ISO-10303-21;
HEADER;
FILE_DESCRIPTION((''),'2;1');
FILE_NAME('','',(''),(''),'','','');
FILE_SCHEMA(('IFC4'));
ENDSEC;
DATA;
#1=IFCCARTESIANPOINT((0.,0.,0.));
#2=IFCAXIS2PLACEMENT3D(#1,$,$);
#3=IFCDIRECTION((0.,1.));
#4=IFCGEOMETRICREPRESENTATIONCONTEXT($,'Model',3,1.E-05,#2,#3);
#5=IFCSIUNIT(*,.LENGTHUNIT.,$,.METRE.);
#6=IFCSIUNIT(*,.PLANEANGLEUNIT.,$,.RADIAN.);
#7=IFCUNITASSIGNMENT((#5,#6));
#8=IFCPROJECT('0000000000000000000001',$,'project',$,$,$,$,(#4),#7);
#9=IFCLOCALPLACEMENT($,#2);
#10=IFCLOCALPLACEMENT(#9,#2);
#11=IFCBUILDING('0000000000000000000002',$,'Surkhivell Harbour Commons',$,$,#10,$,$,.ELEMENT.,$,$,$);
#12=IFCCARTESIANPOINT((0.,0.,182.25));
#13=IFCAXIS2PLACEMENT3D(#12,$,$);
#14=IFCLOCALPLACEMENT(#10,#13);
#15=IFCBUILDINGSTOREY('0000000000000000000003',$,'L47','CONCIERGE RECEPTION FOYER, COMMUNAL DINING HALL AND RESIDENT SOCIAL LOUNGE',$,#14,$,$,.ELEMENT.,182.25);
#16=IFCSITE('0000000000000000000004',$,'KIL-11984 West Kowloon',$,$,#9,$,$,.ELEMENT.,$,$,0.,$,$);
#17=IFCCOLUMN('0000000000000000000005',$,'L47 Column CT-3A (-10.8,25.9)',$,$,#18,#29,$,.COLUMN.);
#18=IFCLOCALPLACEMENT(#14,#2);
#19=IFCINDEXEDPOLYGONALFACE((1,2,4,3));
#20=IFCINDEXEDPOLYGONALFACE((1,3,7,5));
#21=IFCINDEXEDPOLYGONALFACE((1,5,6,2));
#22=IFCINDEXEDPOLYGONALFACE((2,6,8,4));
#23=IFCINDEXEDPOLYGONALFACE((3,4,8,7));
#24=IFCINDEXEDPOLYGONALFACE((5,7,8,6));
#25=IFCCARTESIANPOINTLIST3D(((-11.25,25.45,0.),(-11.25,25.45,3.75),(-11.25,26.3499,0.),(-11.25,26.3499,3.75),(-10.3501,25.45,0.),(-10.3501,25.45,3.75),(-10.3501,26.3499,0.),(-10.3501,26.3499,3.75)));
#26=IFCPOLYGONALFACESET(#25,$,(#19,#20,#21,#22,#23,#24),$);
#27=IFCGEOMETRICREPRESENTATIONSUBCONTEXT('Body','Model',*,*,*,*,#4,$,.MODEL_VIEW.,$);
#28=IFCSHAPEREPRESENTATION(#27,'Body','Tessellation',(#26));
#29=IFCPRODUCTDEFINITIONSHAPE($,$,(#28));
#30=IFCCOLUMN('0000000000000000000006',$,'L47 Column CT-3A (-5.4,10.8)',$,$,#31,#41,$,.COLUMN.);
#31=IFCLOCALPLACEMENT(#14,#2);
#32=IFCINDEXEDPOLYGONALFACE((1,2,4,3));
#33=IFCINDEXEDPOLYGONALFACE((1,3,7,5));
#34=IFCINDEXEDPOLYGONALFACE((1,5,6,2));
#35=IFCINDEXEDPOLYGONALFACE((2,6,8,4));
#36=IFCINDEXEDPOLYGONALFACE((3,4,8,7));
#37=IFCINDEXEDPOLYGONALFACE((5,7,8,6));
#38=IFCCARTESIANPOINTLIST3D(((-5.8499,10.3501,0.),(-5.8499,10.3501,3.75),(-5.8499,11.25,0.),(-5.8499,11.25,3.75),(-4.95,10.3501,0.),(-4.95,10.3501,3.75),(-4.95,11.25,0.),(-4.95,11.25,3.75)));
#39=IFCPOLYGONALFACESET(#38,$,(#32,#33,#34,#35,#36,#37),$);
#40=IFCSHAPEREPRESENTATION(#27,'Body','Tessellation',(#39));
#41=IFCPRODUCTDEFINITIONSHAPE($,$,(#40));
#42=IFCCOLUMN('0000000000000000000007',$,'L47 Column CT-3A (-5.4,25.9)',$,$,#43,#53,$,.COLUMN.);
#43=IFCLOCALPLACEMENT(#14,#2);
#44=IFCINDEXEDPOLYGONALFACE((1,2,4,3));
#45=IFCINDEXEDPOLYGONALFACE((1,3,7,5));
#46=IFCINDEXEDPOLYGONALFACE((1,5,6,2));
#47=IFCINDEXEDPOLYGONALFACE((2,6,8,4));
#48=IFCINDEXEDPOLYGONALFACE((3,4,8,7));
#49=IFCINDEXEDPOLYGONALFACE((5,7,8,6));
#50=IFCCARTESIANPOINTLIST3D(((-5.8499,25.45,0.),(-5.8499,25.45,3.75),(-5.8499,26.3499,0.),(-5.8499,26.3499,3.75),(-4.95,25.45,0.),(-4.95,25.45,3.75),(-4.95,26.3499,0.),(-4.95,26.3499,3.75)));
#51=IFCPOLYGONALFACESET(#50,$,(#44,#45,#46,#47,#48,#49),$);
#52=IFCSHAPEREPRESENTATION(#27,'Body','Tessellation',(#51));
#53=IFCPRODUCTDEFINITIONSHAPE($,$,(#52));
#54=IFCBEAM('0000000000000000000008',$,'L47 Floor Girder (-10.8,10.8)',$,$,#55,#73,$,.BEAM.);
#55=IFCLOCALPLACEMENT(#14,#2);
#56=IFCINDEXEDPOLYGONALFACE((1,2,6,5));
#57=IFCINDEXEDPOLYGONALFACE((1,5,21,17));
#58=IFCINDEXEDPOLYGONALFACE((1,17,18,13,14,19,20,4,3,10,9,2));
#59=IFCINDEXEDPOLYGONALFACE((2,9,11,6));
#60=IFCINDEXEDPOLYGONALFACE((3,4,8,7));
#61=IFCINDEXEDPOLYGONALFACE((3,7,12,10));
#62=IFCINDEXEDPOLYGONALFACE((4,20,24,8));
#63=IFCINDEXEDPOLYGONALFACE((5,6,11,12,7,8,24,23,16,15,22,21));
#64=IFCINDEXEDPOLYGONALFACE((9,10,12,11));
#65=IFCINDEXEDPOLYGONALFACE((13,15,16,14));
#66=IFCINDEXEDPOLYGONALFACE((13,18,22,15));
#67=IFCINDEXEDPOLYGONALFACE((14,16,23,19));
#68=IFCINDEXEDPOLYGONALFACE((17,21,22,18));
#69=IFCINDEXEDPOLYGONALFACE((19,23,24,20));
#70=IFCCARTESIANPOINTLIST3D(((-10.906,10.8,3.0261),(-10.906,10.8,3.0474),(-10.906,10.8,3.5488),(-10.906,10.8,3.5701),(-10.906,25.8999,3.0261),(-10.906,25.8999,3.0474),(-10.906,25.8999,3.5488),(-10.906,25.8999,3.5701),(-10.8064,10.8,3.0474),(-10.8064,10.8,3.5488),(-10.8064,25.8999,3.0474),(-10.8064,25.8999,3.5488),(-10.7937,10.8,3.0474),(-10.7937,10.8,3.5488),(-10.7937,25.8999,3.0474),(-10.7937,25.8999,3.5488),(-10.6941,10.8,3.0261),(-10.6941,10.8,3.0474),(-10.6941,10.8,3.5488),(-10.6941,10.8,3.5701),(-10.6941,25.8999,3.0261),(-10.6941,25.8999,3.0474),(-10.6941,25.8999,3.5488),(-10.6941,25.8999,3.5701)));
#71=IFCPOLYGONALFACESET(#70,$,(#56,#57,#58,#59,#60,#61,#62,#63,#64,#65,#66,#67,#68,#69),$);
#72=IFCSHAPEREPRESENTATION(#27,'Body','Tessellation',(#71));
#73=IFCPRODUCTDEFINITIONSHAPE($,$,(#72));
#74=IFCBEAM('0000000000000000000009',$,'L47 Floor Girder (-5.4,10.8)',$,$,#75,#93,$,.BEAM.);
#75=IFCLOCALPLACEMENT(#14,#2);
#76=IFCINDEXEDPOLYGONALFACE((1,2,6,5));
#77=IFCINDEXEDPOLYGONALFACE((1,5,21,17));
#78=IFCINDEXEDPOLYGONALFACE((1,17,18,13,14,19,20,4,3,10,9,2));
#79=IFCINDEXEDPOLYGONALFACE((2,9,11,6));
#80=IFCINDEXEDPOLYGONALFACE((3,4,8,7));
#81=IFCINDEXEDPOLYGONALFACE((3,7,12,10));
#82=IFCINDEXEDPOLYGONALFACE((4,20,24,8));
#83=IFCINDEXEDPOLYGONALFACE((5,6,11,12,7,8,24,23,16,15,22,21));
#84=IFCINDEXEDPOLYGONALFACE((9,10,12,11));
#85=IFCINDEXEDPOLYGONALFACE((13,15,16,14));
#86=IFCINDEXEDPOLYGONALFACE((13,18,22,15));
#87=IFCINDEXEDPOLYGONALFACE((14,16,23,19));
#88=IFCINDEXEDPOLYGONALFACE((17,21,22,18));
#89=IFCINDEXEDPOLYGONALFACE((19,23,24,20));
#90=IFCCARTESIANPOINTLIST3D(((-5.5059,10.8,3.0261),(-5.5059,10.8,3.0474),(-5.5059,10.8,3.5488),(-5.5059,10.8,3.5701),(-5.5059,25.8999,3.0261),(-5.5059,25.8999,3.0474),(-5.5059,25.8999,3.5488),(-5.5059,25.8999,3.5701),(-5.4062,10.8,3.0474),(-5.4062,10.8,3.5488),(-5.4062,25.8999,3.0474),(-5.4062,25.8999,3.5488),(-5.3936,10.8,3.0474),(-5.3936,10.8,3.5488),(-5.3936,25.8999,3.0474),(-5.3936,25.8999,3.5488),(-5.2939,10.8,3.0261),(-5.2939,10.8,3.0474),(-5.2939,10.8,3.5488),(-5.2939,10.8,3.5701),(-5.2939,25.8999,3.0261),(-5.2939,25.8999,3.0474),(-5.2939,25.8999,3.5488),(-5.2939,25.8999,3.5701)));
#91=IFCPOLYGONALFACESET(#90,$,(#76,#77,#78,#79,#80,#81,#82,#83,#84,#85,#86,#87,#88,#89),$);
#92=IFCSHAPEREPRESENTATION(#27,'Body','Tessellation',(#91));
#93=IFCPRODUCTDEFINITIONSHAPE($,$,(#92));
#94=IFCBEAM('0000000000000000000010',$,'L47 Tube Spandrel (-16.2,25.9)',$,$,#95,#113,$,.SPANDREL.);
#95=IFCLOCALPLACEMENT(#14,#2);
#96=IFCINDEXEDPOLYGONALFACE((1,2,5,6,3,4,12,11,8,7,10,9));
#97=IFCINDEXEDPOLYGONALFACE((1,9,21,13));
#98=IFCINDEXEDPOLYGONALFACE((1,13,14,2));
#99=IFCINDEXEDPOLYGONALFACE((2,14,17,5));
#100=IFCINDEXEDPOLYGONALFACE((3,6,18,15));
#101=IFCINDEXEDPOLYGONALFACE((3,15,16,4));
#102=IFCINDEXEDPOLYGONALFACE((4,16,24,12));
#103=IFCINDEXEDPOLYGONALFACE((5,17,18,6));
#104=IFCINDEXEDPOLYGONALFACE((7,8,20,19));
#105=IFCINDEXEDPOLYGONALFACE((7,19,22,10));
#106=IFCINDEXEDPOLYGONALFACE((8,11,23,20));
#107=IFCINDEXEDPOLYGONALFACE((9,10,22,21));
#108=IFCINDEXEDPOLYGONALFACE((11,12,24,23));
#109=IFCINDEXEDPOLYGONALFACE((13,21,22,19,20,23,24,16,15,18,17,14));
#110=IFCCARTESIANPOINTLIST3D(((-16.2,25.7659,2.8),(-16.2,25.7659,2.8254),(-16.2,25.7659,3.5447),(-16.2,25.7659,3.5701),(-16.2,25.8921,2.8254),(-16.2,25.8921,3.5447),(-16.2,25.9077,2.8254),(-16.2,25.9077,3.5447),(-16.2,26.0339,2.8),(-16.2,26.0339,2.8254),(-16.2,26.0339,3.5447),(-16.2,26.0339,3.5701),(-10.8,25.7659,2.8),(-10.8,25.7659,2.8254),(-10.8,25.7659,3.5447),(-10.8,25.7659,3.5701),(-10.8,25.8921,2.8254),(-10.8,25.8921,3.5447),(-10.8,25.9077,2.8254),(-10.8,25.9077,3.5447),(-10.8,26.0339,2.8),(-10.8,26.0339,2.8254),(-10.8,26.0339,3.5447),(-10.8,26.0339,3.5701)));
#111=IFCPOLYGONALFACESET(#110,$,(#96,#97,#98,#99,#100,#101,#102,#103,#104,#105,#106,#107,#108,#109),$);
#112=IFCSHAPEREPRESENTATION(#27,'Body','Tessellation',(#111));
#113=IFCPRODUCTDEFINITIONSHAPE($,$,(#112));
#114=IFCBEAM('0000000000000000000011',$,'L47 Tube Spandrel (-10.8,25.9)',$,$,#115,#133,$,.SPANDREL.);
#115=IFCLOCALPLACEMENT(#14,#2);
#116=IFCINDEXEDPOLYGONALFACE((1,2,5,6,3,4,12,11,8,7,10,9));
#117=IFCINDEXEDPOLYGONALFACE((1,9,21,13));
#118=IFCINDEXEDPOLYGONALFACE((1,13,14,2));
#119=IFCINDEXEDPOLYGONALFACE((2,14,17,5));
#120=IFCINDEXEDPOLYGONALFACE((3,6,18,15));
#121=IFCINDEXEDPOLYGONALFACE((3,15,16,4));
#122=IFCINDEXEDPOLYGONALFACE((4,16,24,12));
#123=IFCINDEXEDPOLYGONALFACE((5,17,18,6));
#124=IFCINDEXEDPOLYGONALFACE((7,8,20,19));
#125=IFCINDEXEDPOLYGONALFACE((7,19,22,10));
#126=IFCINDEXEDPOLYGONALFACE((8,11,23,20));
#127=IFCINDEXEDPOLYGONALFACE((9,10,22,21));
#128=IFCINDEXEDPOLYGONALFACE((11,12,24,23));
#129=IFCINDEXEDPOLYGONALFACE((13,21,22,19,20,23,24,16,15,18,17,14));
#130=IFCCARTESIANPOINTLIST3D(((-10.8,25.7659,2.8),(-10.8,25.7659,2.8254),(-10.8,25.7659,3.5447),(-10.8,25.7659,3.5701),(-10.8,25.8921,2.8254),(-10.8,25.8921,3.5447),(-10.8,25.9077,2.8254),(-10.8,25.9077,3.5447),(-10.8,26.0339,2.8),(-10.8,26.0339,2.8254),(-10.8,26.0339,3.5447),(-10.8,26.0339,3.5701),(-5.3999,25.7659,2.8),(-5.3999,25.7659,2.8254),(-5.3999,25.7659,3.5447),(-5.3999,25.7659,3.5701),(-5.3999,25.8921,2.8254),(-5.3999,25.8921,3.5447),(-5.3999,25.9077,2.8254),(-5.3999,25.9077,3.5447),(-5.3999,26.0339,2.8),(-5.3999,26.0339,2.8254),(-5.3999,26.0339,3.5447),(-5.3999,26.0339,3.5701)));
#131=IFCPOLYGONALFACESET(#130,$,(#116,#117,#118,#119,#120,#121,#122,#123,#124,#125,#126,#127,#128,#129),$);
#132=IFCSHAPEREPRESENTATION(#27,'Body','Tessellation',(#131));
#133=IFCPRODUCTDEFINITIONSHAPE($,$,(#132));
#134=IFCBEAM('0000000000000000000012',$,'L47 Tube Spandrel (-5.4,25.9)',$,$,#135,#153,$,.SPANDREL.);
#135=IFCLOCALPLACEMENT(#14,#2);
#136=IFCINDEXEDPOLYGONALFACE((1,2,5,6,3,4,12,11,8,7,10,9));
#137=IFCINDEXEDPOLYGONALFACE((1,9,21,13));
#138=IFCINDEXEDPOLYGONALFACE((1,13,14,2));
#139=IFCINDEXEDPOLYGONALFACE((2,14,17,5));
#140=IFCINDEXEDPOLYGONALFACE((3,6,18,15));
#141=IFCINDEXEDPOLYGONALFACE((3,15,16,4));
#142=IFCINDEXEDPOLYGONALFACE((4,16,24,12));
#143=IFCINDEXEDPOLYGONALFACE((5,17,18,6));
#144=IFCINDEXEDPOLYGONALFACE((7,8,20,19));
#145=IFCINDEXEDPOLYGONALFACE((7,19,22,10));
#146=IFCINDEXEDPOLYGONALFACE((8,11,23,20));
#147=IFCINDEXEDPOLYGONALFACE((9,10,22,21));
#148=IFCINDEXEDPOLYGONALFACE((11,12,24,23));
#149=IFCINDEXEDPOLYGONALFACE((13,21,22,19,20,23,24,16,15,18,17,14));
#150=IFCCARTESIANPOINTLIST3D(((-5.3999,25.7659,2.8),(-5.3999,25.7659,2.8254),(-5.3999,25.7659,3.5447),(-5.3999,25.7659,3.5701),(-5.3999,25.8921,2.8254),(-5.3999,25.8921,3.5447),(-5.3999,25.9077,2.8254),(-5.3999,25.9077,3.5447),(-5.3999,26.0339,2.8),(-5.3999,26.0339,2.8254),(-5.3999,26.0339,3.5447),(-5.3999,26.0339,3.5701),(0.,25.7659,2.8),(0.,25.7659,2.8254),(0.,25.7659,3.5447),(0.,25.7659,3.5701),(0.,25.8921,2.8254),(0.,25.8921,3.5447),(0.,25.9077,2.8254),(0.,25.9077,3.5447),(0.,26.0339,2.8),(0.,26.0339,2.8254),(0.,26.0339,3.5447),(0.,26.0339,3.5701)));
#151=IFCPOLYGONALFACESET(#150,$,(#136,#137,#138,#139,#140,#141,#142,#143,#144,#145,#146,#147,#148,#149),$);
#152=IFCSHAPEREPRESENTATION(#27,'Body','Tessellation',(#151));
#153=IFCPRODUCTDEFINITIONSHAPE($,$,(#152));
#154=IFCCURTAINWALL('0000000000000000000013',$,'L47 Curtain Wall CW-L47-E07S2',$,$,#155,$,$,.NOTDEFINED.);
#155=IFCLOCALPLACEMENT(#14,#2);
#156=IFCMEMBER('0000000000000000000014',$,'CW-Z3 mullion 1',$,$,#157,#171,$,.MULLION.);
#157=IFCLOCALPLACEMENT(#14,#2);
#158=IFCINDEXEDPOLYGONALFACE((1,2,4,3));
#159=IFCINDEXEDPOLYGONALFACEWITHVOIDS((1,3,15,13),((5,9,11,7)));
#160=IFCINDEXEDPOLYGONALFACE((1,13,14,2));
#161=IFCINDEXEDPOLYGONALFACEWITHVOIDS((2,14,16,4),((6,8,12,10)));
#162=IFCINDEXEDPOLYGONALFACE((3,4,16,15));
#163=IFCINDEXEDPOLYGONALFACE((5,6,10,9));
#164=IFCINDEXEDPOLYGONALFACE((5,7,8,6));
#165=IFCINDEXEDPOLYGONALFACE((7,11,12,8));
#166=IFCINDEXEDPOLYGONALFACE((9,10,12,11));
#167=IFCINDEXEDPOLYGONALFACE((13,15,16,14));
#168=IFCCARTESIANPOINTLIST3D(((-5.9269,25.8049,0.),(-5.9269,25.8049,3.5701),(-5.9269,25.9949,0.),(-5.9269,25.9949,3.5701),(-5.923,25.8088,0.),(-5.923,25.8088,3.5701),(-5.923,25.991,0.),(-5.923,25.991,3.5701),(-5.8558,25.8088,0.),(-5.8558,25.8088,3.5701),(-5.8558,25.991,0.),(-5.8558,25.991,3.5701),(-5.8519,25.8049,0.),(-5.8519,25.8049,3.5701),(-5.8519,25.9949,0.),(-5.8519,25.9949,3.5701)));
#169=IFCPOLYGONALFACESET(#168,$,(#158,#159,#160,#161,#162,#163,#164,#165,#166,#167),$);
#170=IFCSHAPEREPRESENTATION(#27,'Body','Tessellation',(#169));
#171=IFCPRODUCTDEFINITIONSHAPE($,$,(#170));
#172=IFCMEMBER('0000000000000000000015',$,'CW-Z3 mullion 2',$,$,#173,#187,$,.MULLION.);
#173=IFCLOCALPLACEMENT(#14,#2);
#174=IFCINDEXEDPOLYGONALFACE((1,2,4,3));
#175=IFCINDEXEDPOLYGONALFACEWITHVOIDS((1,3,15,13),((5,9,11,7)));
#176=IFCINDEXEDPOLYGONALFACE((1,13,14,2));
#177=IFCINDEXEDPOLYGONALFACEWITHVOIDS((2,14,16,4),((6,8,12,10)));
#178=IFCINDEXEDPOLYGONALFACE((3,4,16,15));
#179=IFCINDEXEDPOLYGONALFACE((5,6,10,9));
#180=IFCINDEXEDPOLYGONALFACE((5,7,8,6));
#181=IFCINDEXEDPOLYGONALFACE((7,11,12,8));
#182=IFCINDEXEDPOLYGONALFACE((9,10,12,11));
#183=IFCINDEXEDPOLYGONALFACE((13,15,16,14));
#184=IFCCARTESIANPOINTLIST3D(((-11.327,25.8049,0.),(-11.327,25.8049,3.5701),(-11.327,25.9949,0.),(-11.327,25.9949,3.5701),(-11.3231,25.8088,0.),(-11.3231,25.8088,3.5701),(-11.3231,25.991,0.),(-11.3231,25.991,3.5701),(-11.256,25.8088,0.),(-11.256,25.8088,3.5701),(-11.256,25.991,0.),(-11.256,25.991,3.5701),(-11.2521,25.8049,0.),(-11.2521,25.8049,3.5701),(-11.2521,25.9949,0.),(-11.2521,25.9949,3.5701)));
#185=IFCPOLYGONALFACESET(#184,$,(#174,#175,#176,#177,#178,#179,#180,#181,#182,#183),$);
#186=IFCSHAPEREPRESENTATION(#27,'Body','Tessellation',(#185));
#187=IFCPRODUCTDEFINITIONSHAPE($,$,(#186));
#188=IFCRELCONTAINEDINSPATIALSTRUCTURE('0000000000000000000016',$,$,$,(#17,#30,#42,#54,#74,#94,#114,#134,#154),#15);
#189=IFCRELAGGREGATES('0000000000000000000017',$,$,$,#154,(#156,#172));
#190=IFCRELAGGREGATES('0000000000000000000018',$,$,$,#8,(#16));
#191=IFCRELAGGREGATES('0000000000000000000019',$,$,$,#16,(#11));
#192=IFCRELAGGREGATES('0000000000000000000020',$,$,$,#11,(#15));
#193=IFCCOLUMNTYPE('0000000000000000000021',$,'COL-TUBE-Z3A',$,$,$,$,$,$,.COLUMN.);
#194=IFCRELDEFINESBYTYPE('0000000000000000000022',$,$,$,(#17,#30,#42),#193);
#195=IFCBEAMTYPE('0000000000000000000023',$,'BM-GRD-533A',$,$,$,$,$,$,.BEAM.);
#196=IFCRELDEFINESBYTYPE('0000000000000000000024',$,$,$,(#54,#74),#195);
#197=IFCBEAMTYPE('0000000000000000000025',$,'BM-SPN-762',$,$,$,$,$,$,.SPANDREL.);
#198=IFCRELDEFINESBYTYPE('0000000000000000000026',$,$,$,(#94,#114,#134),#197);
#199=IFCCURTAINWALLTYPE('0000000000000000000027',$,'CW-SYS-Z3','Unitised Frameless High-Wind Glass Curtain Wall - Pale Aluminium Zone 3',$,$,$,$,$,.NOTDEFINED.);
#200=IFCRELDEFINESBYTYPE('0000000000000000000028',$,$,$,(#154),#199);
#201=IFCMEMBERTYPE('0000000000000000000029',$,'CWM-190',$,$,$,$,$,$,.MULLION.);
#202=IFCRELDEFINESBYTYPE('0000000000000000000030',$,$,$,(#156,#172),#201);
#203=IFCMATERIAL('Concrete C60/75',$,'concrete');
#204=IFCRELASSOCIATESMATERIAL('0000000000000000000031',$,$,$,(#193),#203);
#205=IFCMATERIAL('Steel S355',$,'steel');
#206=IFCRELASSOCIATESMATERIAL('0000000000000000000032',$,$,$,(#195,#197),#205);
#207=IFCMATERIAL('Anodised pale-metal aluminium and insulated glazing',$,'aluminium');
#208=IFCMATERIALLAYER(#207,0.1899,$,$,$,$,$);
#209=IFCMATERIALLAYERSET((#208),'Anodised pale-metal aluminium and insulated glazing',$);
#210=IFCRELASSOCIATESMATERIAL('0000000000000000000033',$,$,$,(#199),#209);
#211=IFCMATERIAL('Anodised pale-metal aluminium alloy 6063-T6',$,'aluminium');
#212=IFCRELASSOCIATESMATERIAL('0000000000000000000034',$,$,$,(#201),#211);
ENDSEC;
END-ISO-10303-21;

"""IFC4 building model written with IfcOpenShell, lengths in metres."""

from ifc_helpers import new_model, si_unit, direction, frame, origin, origin_2d, place, context, subcontext, project, spatial, rectangle, hollow_rectangle, i_section, extrude, material, layer, layer_set, material_profile, profile_set, type_object, element, aggregate, save


model = new_model("IFC4")

# Units and contexts
model_context = context("Model", 3, precision=1e-05, world=origin(), true_north=direction((0.0, 1.0)))
body_context = subcontext(model_context, "Body", "Model", "MODEL_VIEW")
ifc_project = project(units=[si_unit("LENGTHUNIT", "METRE"), si_unit("PLANEANGLEUNIT", "RADIAN")], contexts=[model_context])

# Site, building, storey
site_placement = place(None, origin())
site = spatial("IfcSite", under=ifc_project, at=site_placement, Name="KIL-11984 West Kowloon", CompositionType="ELEMENT", RefElevation=0.0)
building_placement = place(site_placement, origin())
building = spatial("IfcBuilding", under=site, at=building_placement, Name="Surkhivell Harbour Commons", CompositionType="ELEMENT")
storey_placement = place(building_placement, frame((0.0, 0.0, 182.25)))
storey = spatial("IfcBuildingStorey", under=building, at=storey_placement, Name="L47", Description="CONCIERGE RECEPTION FOYER, COMMUNAL DINING HALL AND RESIDENT SOCIAL LOUNGE", CompositionType="ELEMENT", Elevation=182.25)

# Columns
ifc_material_1 = material(Name="Concrete C60/75", Category="concrete")
ifc_material_profile_1 = material_profile(ifc_material_1, rectangle(XDim=0.8999, YDim=0.8999, at=origin_2d()), Name="RC-COL-900x900")
ifc_profile_set_1 = profile_set([ifc_material_profile_1], Name="Concrete C60/75")
column_type = type_object("IfcColumnType", Name="COL-TUBE-Z3A", PredefinedType="COLUMN", material=ifc_profile_set_1)
for number, where, z_axis, x_axis, name in (
    (1, (-10.8, 25.8999, 0.0), (0.0, 0.0, 1.0), (1.0, 0.0, 0.0), "L47 Column CT-3A (-10.8,25.9)"),
    (2, (-5.3999, 10.8, 0.0), (0.0, 0.0, 1.0), (1.0, 0.0, 0.0), "L47 Column CT-3A (-5.4,10.8)"),
    (3, (-5.3999, 25.8999, 0.0), (0.0, 0.0, 1.0), (1.0, 0.0, 0.0), "L47 Column CT-3A (-5.4,25.9)"),
):
    element("IfcColumn", number, at=place(storey_placement, frame(where, z_axis=z_axis, x_axis=x_axis)), inside=storey, type_object=column_type, Name=name, PredefinedType="COLUMN", context=body_context, shape_type="SweptSolid", body=[
        extrude(rectangle(XDim=0.8999, YDim=0.8999, at=origin_2d()), origin(), (0.0, 0.0, 1.0), 3.75),
    ])

# Beams
ifc_material_2 = material(Name="Steel S355", Category="steel")
ifc_material_profile_2 = material_profile(ifc_material_2, i_section(OverallWidth=0.2119, OverallDepth=0.5439, WebThickness=0.0127, FlangeThickness=0.0212, at=origin_2d()), Name="UB533x210x122")
ifc_profile_set_2 = profile_set([ifc_material_profile_2], Name="Steel S355")
beam_type_1 = type_object("IfcBeamType", Name="BM-GRD-533A", PredefinedType="BEAM", material=ifc_profile_set_2)
for number, where, z_axis, x_axis, name in (
    (4, (-10.8, 10.8, 3.2981), (0.0, 1.0, 0.0), (-1.0, 0.0, 0.0), "L47 Floor Girder (-10.8,10.8)"),
    (5, (-5.3999, 10.8, 3.2981), (0.0, 1.0, 0.0), (-1.0, 0.0, 0.0), "L47 Floor Girder (-5.4,10.8)"),
):
    element("IfcBeam", number, at=place(storey_placement, frame(where, z_axis=z_axis, x_axis=x_axis)), inside=storey, type_object=beam_type_1, Name=name, PredefinedType="BEAM", context=body_context, shape_type="SweptSolid", body=[
        extrude(i_section(OverallWidth=0.2119, OverallDepth=0.5439, WebThickness=0.0127, FlangeThickness=0.0212, at=origin_2d()), origin(), (0.0, 0.0, 1.0), 15.0999),
    ])
ifc_material_profile_3 = material_profile(ifc_material_2, i_section(OverallWidth=0.2681, OverallDepth=0.77, WebThickness=0.0156, FlangeThickness=0.0254, at=origin_2d()), Name="UB762x267x197")
ifc_profile_set_3 = profile_set([ifc_material_profile_3], Name="Steel S355")
beam_type_2 = type_object("IfcBeamType", Name="BM-SPN-762", PredefinedType="SPANDREL", material=ifc_profile_set_3)
beam_1_placement = place(storey_placement, frame((-16.2, 25.8999, 3.1851), z_axis=(1.0, 0.0, 0.0), x_axis=(0.0, 1.0, 0.0)))
element("IfcBeam", 6, at=beam_1_placement, inside=storey, type_object=beam_type_2, Name="L47 Tube Spandrel (-16.2,25.9)", PredefinedType="SPANDREL", context=body_context, shape_type="SweptSolid", body=[
    extrude(i_section(OverallWidth=0.2681, OverallDepth=0.77, WebThickness=0.0156, FlangeThickness=0.0254, at=origin_2d()), origin(), (0.0, 0.0, 1.0), 5.3999),
])
beam_2_placement = place(storey_placement, frame((-10.8, 25.8999, 3.1851), z_axis=(1.0, 0.0, 0.0), x_axis=(0.0, 1.0, 0.0)))
element("IfcBeam", 7, at=beam_2_placement, inside=storey, type_object=beam_type_2, Name="L47 Tube Spandrel (-10.8,25.9)", PredefinedType="SPANDREL", context=body_context, shape_type="SweptSolid", body=[
    extrude(i_section(OverallWidth=0.2681, OverallDepth=0.77, WebThickness=0.0156, FlangeThickness=0.0254, at=origin_2d()), origin(), (0.0, 0.0, 1.0), 5.4001),
])
beam_3_placement = place(storey_placement, frame((-5.3999, 25.8999, 3.1851), z_axis=(1.0, 0.0, 0.0), x_axis=(0.0, 1.0, 0.0)))
element("IfcBeam", 8, at=beam_3_placement, inside=storey, type_object=beam_type_2, Name="L47 Tube Spandrel (-5.4,25.9)", PredefinedType="SPANDREL", context=body_context, shape_type="SweptSolid", body=[
    extrude(i_section(OverallWidth=0.2681, OverallDepth=0.77, WebThickness=0.0156, FlangeThickness=0.0254, at=origin_2d()), origin(), (0.0, 0.0, 1.0), 5.3999),
])

# Curtain wall, members
ifc_material_3 = material(Name="Anodised pale-metal aluminium and insulated glazing", Category="aluminium")
ifc_layer_1 = layer(ifc_material_3, 0.1899)
ifc_layer_set_1 = layer_set([ifc_layer_1], Name="Anodised pale-metal aluminium and insulated glazing")
curtain_wall_type = type_object("IfcCurtainWallType", Name="CW-SYS-Z3", Description="Unitised Frameless High-Wind Glass Curtain Wall - Pale Aluminium Zone 3", PredefinedType="NOTDEFINED", material=ifc_layer_set_1)
curtain_wall_placement = place(storey_placement, origin())
curtain_wall = element("IfcCurtainWall", 9, at=curtain_wall_placement, inside=storey, type_object=curtain_wall_type, Name="L47 Curtain Wall CW-L47-E07S2", PredefinedType="NOTDEFINED")
ifc_material_4 = material(Name="Anodised pale-metal aluminium alloy 6063-T6", Category="aluminium")
ifc_material_profile_4 = material_profile(ifc_material_4, hollow_rectangle(XDim=0.075, YDim=0.1899, WallThickness=0.0039, at=origin_2d()), Name="ALU-MULL-75x190")
ifc_profile_set_4 = profile_set([ifc_material_profile_4], Name="Anodised pale-metal aluminium alloy 6063-T6")
member_type_1 = type_object("IfcMemberType", Name="CWM-190", PredefinedType="MULLION", material=ifc_profile_set_4)
member_1_placement = place(storey_placement, frame((-5.8894, 25.8999, 0.0), z_axis=(0.0, 0.0, 1.0), x_axis=(-1.0, 0.0, 0.0)))
member_1 = element("IfcMember", 10, at=member_1_placement, type_object=member_type_1, Name="CW-Z3 mullion 1", PredefinedType="MULLION", context=body_context, shape_type="SweptSolid", body=[
    extrude(hollow_rectangle(XDim=0.075, YDim=0.1899, WallThickness=0.0039, at=origin_2d()), origin(), (0.0, 0.0, 1.0), 3.5701),
])
member_2_placement = place(storey_placement, frame((-11.2896, 25.8999, 0.0), z_axis=(0.0, 0.0, 1.0), x_axis=(-1.0, 0.0, 0.0)))
member_2 = element("IfcMember", 11, at=member_2_placement, type_object=member_type_1, Name="CW-Z3 mullion 2", PredefinedType="MULLION", context=body_context, shape_type="SweptSolid", body=[
    extrude(hollow_rectangle(XDim=0.075, YDim=0.1899, WallThickness=0.0039, at=origin_2d()), origin(), (0.0, 0.0, 1.0), 3.5701),
])

aggregate(curtain_wall, [member_1, member_2])

save(model, "model.ifc")
